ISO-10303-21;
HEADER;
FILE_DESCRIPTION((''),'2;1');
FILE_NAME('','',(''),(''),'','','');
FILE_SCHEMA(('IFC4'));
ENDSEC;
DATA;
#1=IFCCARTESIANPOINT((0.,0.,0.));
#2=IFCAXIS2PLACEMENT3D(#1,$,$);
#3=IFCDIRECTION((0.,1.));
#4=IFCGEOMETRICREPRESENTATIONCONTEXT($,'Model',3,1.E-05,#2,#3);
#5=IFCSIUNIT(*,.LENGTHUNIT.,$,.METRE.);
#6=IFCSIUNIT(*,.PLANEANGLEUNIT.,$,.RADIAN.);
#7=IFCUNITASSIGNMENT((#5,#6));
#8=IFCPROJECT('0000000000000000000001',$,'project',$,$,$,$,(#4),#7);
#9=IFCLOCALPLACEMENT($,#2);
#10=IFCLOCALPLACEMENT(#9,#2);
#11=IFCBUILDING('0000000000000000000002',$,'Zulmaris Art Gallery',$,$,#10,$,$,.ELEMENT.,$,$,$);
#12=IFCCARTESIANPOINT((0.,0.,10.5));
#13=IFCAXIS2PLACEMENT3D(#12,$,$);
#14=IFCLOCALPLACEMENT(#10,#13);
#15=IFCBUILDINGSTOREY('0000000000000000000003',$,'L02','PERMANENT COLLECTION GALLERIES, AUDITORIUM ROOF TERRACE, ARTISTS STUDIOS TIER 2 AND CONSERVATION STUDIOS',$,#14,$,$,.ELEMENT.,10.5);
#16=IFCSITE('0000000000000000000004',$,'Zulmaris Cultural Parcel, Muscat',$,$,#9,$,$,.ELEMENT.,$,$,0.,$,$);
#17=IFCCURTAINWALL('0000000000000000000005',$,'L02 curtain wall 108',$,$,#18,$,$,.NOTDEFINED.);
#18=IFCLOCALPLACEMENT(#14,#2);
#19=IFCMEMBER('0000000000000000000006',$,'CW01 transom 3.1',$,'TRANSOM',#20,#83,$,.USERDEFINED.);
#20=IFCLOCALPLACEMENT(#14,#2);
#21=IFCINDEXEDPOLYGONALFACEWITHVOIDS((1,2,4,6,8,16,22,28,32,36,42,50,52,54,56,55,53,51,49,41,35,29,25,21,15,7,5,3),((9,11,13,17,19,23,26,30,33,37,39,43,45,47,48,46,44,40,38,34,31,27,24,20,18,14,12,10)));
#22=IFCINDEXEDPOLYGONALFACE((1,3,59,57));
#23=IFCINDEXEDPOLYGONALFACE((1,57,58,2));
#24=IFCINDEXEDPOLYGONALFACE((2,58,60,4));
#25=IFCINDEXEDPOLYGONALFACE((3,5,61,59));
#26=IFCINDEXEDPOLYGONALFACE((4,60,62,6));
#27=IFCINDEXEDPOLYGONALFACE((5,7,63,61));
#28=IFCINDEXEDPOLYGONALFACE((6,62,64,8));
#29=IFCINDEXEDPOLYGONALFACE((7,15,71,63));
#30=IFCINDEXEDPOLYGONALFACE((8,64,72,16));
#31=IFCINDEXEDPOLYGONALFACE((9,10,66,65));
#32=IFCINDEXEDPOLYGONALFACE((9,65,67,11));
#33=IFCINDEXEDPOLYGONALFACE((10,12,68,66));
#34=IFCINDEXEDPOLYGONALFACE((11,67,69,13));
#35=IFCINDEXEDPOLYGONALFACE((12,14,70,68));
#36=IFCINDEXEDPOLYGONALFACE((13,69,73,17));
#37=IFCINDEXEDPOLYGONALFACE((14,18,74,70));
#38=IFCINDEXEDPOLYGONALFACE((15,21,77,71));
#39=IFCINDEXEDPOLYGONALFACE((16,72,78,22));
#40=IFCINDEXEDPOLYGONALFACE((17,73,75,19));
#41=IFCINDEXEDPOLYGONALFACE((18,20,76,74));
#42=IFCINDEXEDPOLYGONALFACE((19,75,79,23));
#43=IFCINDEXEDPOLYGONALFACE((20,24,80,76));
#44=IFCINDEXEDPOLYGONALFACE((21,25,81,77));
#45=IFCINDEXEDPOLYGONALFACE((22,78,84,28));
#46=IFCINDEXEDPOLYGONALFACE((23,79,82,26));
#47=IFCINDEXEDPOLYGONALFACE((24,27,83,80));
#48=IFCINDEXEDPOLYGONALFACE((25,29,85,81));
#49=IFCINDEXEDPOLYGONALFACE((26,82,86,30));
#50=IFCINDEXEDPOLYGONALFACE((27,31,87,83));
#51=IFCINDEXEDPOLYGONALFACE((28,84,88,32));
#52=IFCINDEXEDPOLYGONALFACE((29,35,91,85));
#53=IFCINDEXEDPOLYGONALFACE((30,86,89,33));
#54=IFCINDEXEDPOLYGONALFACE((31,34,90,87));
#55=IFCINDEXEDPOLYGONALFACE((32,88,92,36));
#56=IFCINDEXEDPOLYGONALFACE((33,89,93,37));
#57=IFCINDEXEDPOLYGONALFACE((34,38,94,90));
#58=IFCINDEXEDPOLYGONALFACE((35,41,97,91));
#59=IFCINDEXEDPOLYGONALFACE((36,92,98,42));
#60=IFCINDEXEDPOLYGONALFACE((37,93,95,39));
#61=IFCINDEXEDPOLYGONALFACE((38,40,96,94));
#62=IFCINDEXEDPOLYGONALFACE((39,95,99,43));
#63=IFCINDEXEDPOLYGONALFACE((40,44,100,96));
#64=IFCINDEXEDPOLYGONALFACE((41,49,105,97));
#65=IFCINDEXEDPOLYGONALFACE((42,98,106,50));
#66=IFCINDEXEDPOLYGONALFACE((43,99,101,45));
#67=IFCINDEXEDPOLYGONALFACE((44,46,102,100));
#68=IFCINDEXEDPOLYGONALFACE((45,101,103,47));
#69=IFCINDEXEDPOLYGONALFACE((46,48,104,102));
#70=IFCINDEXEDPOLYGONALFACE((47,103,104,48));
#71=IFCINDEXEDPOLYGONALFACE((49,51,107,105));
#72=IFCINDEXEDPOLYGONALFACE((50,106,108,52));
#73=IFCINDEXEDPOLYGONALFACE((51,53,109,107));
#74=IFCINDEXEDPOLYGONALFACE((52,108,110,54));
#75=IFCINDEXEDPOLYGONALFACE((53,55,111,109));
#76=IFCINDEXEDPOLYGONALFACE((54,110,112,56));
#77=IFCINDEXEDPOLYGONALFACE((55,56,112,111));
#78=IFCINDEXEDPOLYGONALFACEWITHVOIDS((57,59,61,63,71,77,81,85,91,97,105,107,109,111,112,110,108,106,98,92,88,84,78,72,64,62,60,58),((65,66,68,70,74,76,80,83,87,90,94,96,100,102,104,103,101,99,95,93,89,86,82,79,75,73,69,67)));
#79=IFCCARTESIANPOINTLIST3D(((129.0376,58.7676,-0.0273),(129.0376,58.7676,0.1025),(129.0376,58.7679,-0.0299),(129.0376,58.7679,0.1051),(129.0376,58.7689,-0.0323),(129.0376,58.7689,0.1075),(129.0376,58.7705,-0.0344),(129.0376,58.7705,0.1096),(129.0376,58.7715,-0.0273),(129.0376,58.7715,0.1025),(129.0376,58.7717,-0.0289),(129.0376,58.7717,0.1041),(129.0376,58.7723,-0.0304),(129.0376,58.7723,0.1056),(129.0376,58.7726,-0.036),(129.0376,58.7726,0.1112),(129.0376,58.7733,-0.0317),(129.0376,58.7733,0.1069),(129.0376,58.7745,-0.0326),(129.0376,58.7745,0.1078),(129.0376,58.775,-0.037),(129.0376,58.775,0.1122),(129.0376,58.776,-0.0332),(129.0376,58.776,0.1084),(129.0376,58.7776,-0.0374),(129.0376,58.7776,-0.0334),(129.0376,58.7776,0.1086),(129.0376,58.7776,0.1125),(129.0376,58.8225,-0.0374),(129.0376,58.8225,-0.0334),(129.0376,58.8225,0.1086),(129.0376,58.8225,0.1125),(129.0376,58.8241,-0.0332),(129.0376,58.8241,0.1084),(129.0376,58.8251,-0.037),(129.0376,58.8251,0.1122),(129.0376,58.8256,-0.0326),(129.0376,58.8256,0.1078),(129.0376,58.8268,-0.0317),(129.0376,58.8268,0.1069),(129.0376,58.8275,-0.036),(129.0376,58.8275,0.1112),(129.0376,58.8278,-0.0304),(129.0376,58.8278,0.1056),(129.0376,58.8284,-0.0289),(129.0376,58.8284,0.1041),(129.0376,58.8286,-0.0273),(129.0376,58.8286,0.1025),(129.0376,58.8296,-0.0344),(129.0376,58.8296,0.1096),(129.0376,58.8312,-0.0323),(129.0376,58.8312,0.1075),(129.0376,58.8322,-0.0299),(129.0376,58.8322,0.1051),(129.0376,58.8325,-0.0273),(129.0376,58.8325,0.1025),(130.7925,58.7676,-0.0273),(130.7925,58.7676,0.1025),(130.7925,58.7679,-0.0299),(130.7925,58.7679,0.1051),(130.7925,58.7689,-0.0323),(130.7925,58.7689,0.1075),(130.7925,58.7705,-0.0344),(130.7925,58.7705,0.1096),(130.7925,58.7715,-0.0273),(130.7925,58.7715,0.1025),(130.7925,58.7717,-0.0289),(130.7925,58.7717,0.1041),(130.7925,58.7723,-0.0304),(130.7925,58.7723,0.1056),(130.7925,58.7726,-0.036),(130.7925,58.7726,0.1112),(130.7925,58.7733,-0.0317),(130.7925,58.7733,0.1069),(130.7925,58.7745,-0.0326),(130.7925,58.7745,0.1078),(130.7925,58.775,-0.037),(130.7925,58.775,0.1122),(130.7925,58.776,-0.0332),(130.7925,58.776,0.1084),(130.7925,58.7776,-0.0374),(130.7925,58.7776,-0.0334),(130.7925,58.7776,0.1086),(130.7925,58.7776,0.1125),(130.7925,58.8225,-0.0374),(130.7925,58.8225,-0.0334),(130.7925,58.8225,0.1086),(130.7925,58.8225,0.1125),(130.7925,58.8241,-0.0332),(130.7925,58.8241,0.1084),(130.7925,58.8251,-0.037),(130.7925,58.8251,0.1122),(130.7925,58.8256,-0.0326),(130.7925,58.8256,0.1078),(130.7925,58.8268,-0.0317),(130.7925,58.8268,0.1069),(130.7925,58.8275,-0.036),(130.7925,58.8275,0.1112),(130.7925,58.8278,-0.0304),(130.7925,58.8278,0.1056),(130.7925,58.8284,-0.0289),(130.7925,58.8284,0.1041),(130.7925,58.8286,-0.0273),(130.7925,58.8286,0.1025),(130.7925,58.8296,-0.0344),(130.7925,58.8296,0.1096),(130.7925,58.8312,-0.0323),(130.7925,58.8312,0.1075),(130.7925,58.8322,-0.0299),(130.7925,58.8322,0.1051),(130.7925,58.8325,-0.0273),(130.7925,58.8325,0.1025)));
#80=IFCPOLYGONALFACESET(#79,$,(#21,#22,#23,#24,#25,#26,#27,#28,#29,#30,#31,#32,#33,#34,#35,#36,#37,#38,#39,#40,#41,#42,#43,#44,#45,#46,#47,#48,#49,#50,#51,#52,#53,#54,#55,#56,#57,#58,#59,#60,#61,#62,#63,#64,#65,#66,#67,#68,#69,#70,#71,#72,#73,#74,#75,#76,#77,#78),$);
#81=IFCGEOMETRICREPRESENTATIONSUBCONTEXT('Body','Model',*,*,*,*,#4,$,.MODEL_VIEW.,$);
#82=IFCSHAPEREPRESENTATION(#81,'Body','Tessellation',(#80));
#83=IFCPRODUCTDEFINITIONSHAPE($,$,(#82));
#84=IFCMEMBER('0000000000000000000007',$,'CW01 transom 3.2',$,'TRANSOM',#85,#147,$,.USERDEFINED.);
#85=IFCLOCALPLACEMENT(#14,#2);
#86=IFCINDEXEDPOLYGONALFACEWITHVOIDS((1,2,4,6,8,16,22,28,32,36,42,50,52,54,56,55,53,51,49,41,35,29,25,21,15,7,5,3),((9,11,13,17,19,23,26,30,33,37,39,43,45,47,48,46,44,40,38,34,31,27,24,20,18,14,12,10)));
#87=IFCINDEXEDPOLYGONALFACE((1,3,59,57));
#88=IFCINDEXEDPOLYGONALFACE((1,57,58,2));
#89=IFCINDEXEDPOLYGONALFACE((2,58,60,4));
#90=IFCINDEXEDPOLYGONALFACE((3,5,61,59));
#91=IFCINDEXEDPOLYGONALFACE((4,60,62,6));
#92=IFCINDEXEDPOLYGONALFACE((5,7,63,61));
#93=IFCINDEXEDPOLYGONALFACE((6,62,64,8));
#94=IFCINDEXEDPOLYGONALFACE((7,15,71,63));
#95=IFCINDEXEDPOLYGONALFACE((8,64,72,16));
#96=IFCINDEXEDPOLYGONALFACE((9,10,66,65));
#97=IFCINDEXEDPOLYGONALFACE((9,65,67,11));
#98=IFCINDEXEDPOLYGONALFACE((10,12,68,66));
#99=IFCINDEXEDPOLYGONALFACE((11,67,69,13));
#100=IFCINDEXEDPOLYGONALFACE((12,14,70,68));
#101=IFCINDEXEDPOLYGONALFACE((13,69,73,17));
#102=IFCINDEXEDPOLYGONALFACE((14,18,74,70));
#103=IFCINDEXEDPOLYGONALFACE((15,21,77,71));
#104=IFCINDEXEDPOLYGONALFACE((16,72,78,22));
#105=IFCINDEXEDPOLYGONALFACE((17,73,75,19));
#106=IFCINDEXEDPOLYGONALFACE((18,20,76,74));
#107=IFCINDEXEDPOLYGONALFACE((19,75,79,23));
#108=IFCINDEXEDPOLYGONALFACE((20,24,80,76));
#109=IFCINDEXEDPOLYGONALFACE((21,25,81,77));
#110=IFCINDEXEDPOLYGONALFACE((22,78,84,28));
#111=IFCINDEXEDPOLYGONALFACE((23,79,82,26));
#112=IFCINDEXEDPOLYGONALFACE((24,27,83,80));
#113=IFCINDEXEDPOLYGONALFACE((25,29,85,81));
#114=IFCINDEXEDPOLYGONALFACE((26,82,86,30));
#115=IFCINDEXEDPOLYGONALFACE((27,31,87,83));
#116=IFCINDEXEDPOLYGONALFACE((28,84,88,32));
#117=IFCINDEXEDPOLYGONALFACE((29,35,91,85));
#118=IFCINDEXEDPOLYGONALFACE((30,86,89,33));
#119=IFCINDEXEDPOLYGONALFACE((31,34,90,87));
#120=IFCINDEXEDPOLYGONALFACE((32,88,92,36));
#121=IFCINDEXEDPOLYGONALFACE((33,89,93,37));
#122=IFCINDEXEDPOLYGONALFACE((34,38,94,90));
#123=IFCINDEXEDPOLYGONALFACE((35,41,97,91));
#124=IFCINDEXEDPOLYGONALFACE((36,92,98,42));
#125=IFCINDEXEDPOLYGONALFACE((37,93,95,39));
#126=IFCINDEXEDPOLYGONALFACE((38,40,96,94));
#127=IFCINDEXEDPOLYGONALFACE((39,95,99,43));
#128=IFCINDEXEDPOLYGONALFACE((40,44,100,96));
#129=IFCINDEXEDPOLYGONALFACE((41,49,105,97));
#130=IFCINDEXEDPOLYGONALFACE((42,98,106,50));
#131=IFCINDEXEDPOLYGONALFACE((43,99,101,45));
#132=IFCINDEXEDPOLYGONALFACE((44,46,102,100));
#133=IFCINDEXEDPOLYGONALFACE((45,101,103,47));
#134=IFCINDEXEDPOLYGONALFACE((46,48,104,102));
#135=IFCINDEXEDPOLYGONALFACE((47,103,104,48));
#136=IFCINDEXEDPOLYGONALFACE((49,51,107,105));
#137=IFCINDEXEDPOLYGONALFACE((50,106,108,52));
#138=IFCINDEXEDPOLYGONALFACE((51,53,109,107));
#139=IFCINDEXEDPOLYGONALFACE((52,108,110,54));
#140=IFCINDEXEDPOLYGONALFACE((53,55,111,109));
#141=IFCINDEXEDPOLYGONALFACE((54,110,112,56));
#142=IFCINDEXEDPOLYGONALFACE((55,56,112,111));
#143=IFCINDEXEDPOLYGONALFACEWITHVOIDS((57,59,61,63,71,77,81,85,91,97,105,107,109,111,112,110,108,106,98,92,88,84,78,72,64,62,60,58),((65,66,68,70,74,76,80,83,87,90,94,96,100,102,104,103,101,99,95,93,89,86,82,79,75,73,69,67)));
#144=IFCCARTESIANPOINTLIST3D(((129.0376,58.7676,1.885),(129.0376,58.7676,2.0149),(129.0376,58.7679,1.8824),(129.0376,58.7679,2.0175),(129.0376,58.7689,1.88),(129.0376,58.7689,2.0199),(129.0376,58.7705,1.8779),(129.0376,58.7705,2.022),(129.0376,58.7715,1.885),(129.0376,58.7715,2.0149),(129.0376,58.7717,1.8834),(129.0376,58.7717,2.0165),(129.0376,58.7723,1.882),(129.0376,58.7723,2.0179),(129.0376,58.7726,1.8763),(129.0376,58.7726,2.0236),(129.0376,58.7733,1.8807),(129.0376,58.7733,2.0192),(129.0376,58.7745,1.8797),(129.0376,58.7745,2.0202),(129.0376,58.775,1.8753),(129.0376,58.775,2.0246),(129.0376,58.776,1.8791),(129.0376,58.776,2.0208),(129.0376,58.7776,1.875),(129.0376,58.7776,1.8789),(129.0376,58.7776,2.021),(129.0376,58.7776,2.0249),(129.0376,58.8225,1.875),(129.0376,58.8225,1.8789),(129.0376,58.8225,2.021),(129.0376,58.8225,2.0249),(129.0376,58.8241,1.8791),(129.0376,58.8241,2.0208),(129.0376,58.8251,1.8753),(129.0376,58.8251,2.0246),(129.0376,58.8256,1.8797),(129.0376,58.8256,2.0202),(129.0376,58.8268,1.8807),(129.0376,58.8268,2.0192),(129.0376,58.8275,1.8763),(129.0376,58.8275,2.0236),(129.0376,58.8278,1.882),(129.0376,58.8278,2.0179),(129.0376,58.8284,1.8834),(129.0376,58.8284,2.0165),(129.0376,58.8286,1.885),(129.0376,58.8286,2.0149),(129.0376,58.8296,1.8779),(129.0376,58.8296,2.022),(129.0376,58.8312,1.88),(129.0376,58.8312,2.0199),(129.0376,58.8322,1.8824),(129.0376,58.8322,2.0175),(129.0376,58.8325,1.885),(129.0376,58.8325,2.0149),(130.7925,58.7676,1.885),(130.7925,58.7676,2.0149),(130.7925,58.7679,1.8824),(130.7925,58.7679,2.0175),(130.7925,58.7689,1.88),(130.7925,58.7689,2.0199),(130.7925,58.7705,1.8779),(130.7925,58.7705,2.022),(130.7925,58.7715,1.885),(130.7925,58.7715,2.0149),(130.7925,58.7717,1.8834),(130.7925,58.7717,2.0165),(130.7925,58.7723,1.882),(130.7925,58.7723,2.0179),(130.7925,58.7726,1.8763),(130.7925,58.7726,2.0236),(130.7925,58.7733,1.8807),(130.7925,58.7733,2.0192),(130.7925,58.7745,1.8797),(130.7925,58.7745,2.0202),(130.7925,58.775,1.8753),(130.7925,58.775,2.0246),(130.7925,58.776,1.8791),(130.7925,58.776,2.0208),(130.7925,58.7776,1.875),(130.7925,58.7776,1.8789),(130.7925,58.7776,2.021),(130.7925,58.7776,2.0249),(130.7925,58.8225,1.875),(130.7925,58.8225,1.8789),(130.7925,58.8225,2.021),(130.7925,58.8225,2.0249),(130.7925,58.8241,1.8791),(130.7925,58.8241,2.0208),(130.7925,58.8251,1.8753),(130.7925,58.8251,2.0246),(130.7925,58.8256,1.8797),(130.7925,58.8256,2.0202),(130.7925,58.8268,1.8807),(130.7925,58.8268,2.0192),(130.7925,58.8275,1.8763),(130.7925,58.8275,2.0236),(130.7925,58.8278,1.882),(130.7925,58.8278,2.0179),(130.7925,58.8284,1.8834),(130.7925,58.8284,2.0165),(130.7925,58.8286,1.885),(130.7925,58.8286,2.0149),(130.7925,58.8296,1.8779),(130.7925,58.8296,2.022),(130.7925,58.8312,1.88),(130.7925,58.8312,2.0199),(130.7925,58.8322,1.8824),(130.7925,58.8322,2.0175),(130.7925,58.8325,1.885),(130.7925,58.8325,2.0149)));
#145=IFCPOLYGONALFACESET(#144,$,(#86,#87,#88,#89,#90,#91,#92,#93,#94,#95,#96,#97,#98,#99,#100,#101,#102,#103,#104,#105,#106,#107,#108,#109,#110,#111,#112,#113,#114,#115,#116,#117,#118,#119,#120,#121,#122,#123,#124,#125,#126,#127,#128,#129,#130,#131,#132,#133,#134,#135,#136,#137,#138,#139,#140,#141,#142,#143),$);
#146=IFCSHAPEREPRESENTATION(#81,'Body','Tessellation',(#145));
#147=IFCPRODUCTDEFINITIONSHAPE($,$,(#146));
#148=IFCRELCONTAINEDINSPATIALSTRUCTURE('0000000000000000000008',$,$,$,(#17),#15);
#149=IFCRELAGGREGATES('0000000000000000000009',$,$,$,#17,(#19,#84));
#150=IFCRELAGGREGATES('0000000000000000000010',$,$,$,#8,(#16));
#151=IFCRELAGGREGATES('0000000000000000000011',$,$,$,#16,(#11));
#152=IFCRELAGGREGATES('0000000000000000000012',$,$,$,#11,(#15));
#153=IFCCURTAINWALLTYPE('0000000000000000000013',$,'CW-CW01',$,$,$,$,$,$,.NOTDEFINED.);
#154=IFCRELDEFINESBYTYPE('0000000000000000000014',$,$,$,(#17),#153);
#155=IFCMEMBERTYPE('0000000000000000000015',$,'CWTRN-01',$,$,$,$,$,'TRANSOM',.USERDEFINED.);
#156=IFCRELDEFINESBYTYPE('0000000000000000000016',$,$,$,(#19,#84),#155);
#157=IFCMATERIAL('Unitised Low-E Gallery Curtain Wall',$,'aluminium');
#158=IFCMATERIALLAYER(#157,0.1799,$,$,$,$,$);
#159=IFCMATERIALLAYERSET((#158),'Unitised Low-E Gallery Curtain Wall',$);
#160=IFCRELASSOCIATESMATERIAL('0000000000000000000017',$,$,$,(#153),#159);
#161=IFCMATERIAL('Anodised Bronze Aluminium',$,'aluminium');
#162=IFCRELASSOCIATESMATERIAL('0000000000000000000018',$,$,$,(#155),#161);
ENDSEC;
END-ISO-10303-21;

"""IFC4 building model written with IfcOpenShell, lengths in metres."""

from ifc_helpers import new_model, si_unit, direction, frame, origin, origin_2d, place, context, subcontext, project, spatial, hollow_rectangle, extrude, material, layer, layer_set, material_profile, profile_set, type_object, element, aggregate, save


model = new_model("IFC4")

# Units and contexts
model_context = context("Model", 3, precision=1e-05, world=origin(), true_north=direction((0.0, 1.0)))
body_context = subcontext(model_context, "Body", "Model", "MODEL_VIEW")
ifc_project = project(units=[si_unit("LENGTHUNIT", "METRE"), si_unit("PLANEANGLEUNIT", "RADIAN")], contexts=[model_context])

# Site, building, storey
site_placement = place(None, origin())
site = spatial("IfcSite", under=ifc_project, at=site_placement, Name="Zulmaris Cultural Parcel, Muscat", CompositionType="ELEMENT", RefElevation=0.0)
building_placement = place(site_placement, origin())
building = spatial("IfcBuilding", under=site, at=building_placement, Name="Zulmaris Art Gallery", CompositionType="ELEMENT")
storey_placement = place(building_placement, frame((0.0, 0.0, 10.5)))
storey = spatial("IfcBuildingStorey", under=building, at=storey_placement, Name="L02", Description="PERMANENT COLLECTION GALLERIES, AUDITORIUM ROOF TERRACE, ARTISTS STUDIOS TIER 2 AND CONSERVATION STUDIOS", CompositionType="ELEMENT", Elevation=10.5)

# Curtain wall
ifc_material_1 = material(Name="Unitised Low-E Gallery Curtain Wall", Category="aluminium")
ifc_layer_1 = layer(ifc_material_1, 0.1799)
ifc_layer_set_1 = layer_set([ifc_layer_1], Name="Unitised Low-E Gallery Curtain Wall")
curtain_wall_type = type_object("IfcCurtainWallType", Name="CW-CW01", PredefinedType="NOTDEFINED", material=ifc_layer_set_1)
curtain_wall_1_placement = place(storey_placement, origin())
curtain_wall_1 = element("IfcCurtainWall", 1, at=curtain_wall_1_placement, inside=storey, type_object=curtain_wall_type, Name="L02 curtain wall 108", PredefinedType="NOTDEFINED")
ifc_material_2 = material(Name="Anodised Bronze Aluminium", Category="aluminium")

# Members
ifc_material_profile_1 = material_profile(ifc_material_2, hollow_rectangle(XDim=0.0649, YDim=0.1499, WallThickness=0.0039, InnerFilletRadius=0.0061, OuterFilletRadius=0.01, at=origin_2d()), Name="ALU 65x150x4")
ifc_profile_set_1 = profile_set([ifc_material_profile_1], Name="Anodised Bronze Aluminium")
member_type_1 = type_object("IfcMemberType", Name="CWTRN-01", ElementType="TRANSOM", PredefinedType="USERDEFINED", material=ifc_profile_set_1)
member_1_placement = place(storey_placement, frame((129.0376, 58.8, 0.0376), z_axis=(1.0, 0.0, 0.0), x_axis=(0.0, 1.0, 0.0)))
member_1 = element("IfcMember", 2, at=member_1_placement, type_object=member_type_1, Name="CW01 transom 3.1", ObjectType="TRANSOM", PredefinedType="USERDEFINED", context=body_context, shape_type="SweptSolid", body=[
    extrude(hollow_rectangle(XDim=0.0649, YDim=0.1499, WallThickness=0.0039, InnerFilletRadius=0.0061, OuterFilletRadius=0.01, at=origin_2d()), origin(), (0.0, 0.0, 1.0), 1.7549),
])
member_2_placement = place(storey_placement, frame((129.0376, 58.8, 1.95), z_axis=(1.0, 0.0, 0.0), x_axis=(0.0, 1.0, 0.0)))
member_2 = element("IfcMember", 3, at=member_2_placement, type_object=member_type_1, Name="CW01 transom 3.2", ObjectType="TRANSOM", PredefinedType="USERDEFINED", context=body_context, shape_type="SweptSolid", body=[
    extrude(hollow_rectangle(XDim=0.0649, YDim=0.1499, WallThickness=0.0039, InnerFilletRadius=0.0061, OuterFilletRadius=0.01, at=origin_2d()), origin(), (0.0, 0.0, 1.0), 1.7549),
])

aggregate(curtain_wall_1, [member_1, member_2])

save(model, "model.ifc")
